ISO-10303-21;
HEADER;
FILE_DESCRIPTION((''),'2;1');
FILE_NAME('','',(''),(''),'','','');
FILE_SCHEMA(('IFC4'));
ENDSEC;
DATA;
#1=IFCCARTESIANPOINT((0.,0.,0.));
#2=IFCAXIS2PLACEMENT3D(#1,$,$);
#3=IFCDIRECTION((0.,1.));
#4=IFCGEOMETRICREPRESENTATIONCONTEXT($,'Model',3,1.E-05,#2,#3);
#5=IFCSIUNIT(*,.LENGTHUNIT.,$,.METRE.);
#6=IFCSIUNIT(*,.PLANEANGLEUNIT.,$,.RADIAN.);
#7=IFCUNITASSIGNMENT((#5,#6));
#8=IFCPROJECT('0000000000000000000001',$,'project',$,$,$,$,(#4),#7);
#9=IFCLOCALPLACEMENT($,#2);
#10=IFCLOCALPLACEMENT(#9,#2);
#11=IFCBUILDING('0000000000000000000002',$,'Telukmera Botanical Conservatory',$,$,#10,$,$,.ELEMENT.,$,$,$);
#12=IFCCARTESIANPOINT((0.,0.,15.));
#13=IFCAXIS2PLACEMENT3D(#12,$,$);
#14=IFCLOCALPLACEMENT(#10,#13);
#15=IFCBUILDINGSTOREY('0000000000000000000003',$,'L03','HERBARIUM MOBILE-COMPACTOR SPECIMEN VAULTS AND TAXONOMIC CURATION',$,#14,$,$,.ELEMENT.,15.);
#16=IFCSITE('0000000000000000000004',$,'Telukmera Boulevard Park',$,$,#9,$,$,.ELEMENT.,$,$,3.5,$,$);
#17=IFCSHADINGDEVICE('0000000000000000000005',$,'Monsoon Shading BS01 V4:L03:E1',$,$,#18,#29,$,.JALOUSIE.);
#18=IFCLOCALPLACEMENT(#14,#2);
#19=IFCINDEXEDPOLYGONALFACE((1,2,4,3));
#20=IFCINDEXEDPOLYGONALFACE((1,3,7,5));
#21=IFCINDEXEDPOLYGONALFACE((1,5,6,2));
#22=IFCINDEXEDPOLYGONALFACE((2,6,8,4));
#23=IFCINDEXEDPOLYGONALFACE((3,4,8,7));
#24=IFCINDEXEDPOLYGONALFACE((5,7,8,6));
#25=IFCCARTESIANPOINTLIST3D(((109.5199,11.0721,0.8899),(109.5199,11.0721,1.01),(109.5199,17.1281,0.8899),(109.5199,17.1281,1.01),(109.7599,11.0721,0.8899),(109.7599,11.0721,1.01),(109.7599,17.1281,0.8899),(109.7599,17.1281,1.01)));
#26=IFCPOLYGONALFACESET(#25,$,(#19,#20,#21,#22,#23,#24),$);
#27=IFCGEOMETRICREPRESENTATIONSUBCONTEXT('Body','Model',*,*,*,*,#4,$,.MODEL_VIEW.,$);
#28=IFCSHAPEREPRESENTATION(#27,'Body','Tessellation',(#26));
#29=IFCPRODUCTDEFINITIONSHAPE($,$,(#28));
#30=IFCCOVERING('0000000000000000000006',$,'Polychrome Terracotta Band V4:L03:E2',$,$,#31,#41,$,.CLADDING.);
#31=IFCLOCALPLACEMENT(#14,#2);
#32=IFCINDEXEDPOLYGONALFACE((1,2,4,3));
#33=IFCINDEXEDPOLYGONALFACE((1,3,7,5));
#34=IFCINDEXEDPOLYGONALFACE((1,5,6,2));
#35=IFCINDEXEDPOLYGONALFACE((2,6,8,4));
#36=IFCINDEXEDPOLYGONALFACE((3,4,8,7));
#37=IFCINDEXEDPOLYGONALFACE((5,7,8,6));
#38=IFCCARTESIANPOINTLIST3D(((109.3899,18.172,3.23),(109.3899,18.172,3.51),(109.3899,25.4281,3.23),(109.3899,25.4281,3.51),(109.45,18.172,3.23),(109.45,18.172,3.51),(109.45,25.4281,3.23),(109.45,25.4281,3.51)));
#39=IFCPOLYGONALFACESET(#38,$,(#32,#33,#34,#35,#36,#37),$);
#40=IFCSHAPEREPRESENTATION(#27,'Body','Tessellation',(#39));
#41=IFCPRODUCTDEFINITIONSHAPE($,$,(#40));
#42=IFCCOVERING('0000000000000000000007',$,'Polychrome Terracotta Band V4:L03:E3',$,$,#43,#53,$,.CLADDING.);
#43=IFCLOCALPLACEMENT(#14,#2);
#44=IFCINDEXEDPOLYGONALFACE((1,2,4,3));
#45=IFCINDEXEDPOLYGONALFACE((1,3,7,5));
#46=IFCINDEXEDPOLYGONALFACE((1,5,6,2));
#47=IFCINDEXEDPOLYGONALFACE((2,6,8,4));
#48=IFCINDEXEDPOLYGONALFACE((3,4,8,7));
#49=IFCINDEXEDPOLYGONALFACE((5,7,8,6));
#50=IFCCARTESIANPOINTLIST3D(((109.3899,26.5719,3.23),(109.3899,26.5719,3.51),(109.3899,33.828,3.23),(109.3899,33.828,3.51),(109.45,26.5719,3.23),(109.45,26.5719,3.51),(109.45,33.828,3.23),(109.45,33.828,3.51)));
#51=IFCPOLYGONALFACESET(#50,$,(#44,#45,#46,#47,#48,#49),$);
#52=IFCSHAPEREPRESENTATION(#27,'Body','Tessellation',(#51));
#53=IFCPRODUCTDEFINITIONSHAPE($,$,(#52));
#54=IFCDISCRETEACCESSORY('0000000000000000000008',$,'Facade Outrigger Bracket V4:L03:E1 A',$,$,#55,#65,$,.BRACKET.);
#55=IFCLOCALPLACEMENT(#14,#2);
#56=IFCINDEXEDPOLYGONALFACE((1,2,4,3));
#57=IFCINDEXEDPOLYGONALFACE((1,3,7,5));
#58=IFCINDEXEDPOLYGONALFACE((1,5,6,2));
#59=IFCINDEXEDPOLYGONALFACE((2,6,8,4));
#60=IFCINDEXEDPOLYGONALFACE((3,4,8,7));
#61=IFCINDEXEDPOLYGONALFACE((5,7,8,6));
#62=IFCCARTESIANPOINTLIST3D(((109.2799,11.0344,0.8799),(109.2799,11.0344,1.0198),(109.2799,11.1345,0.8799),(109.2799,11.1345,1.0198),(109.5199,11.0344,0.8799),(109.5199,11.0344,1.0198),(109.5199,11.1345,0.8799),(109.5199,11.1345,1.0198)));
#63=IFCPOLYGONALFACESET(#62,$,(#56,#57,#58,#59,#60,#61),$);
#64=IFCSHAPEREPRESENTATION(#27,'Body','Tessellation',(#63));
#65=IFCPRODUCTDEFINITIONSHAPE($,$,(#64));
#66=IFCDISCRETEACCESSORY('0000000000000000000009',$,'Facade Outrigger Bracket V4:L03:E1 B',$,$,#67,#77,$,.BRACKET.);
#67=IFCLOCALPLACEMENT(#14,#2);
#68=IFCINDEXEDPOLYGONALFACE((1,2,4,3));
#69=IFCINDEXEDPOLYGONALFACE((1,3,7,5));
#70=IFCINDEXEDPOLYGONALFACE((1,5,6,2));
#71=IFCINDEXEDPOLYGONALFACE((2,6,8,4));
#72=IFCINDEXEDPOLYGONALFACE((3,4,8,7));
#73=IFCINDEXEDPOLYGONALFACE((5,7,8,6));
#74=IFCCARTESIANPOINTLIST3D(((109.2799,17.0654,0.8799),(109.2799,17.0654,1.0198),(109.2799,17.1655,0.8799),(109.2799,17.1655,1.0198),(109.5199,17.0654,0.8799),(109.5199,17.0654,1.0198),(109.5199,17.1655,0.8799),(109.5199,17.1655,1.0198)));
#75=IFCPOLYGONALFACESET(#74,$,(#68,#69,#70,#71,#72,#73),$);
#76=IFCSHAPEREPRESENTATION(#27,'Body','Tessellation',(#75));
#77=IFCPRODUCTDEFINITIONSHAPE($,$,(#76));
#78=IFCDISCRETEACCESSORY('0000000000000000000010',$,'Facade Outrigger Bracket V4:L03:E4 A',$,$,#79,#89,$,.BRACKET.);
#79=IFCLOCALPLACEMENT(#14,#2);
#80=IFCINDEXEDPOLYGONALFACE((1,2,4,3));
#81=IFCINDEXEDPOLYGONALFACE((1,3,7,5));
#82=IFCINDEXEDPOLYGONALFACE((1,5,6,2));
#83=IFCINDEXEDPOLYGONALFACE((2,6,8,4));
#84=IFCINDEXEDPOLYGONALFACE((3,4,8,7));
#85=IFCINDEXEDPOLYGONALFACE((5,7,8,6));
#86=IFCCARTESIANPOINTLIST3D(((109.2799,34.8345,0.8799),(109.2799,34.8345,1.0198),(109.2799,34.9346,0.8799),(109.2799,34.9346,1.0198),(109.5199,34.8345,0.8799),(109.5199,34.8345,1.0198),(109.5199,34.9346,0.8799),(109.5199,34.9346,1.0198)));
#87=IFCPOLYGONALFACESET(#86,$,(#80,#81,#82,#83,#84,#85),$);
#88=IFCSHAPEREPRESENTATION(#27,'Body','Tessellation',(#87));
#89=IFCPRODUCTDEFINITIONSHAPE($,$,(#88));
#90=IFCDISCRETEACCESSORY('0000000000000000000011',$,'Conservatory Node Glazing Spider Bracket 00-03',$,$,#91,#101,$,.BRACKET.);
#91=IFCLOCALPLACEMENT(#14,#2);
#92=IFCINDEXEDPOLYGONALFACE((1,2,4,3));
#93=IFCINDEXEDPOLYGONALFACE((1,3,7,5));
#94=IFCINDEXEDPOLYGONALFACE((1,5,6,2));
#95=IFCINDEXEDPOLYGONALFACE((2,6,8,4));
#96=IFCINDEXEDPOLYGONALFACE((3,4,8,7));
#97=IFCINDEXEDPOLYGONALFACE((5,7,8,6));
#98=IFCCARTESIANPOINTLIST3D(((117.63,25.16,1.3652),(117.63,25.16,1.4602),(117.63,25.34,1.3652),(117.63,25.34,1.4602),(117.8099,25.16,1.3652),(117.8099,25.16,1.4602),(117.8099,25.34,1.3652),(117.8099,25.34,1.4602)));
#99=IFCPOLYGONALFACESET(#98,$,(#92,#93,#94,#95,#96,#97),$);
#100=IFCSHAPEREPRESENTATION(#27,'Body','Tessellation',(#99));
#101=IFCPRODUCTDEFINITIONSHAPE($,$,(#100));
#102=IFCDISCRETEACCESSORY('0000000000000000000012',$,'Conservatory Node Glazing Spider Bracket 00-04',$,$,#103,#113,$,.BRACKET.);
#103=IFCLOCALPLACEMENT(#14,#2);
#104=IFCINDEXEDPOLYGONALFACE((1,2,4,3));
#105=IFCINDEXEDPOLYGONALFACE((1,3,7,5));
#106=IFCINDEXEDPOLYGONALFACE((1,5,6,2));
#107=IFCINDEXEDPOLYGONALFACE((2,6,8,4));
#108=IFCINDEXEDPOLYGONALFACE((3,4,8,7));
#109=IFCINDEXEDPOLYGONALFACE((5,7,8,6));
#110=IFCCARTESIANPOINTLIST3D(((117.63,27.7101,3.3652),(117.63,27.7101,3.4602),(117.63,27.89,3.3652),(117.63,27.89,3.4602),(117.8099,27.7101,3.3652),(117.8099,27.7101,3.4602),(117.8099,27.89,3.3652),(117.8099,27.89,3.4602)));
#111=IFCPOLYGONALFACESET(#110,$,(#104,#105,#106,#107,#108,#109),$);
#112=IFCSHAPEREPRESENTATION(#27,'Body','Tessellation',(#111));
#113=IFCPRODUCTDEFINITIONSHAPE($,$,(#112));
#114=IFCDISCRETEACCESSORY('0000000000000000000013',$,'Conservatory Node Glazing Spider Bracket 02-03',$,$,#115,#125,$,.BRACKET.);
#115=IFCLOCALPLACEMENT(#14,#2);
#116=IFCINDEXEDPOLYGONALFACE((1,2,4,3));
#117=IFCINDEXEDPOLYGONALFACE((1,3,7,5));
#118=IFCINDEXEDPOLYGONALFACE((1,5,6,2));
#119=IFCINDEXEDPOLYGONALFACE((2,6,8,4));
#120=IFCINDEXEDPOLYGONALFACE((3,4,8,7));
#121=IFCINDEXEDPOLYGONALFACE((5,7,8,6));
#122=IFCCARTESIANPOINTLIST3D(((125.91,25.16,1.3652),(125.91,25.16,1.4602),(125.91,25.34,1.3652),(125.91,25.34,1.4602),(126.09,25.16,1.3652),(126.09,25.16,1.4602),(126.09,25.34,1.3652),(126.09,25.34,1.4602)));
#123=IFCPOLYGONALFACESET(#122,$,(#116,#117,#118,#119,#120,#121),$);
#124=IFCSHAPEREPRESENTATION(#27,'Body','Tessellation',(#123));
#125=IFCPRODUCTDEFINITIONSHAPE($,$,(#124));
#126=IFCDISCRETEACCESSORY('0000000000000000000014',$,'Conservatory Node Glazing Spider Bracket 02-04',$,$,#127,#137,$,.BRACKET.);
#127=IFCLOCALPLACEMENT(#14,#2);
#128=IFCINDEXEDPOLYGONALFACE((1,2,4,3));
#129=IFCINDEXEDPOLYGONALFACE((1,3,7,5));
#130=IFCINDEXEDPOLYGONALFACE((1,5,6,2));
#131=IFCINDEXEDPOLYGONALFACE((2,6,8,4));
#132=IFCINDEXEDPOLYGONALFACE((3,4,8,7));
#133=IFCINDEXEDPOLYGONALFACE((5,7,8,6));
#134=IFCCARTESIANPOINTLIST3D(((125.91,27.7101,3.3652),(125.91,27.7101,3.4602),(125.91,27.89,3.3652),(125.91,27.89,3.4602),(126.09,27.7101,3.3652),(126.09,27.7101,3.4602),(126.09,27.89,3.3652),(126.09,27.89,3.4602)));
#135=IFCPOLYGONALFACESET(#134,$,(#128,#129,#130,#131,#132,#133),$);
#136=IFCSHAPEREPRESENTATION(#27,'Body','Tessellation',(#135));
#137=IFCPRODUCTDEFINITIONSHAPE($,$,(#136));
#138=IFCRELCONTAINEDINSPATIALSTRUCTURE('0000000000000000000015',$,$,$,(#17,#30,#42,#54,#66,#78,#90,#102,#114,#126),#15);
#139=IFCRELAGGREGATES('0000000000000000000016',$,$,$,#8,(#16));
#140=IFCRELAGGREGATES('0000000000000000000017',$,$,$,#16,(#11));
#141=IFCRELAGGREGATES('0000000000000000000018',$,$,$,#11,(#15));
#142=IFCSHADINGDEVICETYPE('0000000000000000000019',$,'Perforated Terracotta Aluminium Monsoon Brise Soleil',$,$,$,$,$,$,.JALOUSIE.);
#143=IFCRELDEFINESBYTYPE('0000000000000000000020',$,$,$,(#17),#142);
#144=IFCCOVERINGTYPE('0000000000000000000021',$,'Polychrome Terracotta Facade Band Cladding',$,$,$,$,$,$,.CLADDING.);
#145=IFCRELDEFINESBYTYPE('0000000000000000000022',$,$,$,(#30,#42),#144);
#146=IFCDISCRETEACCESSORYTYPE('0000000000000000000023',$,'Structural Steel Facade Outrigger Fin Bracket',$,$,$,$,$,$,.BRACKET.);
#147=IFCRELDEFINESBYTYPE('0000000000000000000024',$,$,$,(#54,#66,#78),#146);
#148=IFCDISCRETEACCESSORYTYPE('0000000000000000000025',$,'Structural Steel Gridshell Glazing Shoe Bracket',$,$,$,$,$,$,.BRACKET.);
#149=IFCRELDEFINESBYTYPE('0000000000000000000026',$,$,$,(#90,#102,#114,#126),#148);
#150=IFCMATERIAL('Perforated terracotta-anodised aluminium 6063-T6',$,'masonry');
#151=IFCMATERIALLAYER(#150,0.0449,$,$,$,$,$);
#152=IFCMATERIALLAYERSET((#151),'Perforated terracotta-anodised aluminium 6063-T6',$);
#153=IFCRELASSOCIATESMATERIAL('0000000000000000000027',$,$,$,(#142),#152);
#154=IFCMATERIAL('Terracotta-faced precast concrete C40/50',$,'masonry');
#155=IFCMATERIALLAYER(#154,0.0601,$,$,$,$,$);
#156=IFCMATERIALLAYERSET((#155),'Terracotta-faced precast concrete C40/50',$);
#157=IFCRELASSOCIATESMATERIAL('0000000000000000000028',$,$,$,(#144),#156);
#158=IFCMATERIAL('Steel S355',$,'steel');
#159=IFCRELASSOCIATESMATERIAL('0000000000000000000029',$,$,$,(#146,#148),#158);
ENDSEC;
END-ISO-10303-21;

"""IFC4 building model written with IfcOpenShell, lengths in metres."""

from ifc_helpers import new_model, si_unit, direction, frame, origin, origin_2d, place, context, subcontext, project, spatial, rectangle, extrude, material, layer, layer_set, type_object, element, save


model = new_model("IFC4")

# Units and contexts
model_context = context("Model", 3, precision=1e-05, world=origin(), true_north=direction((0.0, 1.0)))
body_context = subcontext(model_context, "Body", "Model", "MODEL_VIEW")
ifc_project = project(units=[si_unit("LENGTHUNIT", "METRE"), si_unit("PLANEANGLEUNIT", "RADIAN")], contexts=[model_context])

# Site, building, storey
site_placement = place(None, origin())
site = spatial("IfcSite", under=ifc_project, at=site_placement, Name="Telukmera Boulevard Park", CompositionType="ELEMENT", RefElevation=3.5)
building_placement = place(site_placement, origin())
building = spatial("IfcBuilding", under=site, at=building_placement, Name="Telukmera Botanical Conservatory", CompositionType="ELEMENT")
storey_placement = place(building_placement, frame((0.0, 0.0, 15.0)))
storey = spatial("IfcBuildingStorey", under=building, at=storey_placement, Name="L03", Description="HERBARIUM MOBILE-COMPACTOR SPECIMEN VAULTS AND TAXONOMIC CURATION", CompositionType="ELEMENT", Elevation=15.0)

# Shading device
ifc_material_1 = material(Name="Perforated terracotta-anodised aluminium 6063-T6", Category="masonry")
ifc_layer_1 = layer(ifc_material_1, 0.0449)
ifc_layer_set_1 = layer_set([ifc_layer_1], Name="Perforated terracotta-anodised aluminium 6063-T6")
shading_device_type = type_object("IfcShadingDeviceType", Name="Perforated Terracotta Aluminium Monsoon Brise Soleil", PredefinedType="JALOUSIE", material=ifc_layer_set_1)
shading_device_placement = place(storey_placement, frame((109.6399, 14.1001, 0.8899), z_axis=(0.0, 0.0, 1.0), x_axis=(0.0, 1.0, 0.0)))
element("IfcShadingDevice", 1, at=shading_device_placement, inside=storey, type_object=shading_device_type, Name="Monsoon Shading BS01 V4:L03:E1", PredefinedType="JALOUSIE", context=body_context, shape_type="SweptSolid", body=[
    extrude(rectangle(XDim=6.0559, YDim=0.24, at=origin_2d()), origin(), (0.0, 0.0, 1.0), 0.1201),
])

# Coverings
ifc_material_2 = material(Name="Terracotta-faced precast concrete C40/50", Category="masonry")
ifc_layer_2 = layer(ifc_material_2, 0.0601)
ifc_layer_set_2 = layer_set([ifc_layer_2], Name="Terracotta-faced precast concrete C40/50")
covering_type_1 = type_object("IfcCoveringType", Name="Polychrome Terracotta Facade Band Cladding", PredefinedType="CLADDING", material=ifc_layer_set_2)
for number, where, z_axis, x_axis, name in (
    (2, (109.4199, 21.8, 3.23), (0.0, 0.0, 1.0), (0.0, 1.0, 0.0), "Polychrome Terracotta Band V4:L03:E2"),
    (3, (109.4199, 30.2, 3.23), (0.0, 0.0, 1.0), (0.0, 1.0, 0.0), "Polychrome Terracotta Band V4:L03:E3"),
):
    element("IfcCovering", number, at=place(storey_placement, frame(where, z_axis=z_axis, x_axis=x_axis)), inside=storey, type_object=covering_type_1, Name=name, PredefinedType="CLADDING", context=body_context, shape_type="SweptSolid", body=[
        extrude(rectangle(XDim=7.2561, YDim=0.0601, at=origin_2d()), origin(), (0.0, 0.0, 1.0), 0.28),
    ])

# Discrete accessories
ifc_material_3 = material(Name="Steel S355", Category="steel")
discrete_accessory_type_1 = type_object("IfcDiscreteAccessoryType", Name="Structural Steel Facade Outrigger Fin Bracket", PredefinedType="BRACKET", material=ifc_material_3)
for number, where, z_axis, x_axis, name in (
    (4, (109.3999, 11.0845, 0.8799), (0.0, 0.0, 1.0), (0.0, 1.0, 0.0), "Facade Outrigger Bracket V4:L03:E1 A"),
    (5, (109.3999, 17.1155, 0.8799), (0.0, 0.0, 1.0), (0.0, 1.0, 0.0), "Facade Outrigger Bracket V4:L03:E1 B"),
    (6, (109.3999, 34.8845, 0.8799), (0.0, 0.0, 1.0), (0.0, 1.0, 0.0), "Facade Outrigger Bracket V4:L03:E4 A"),
):
    element("IfcDiscreteAccessory", number, at=place(storey_placement, frame(where, z_axis=z_axis, x_axis=x_axis)), inside=storey, type_object=discrete_accessory_type_1, Name=name, PredefinedType="BRACKET", context=body_context, shape_type="SweptSolid", body=[
        extrude(rectangle(XDim=0.1001, YDim=0.24, at=origin_2d()), origin(), (0.0, 0.0, 1.0), 0.1399),
    ])
discrete_accessory_type_2 = type_object("IfcDiscreteAccessoryType", Name="Structural Steel Gridshell Glazing Shoe Bracket", PredefinedType="BRACKET", material=ifc_material_3)
for number, where, z_axis, x_axis, name in (
    (7, (117.72, 25.25, 1.3652), (0.0, 0.0, 1.0), (1.0, 0.0, 0.0), "Conservatory Node Glazing Spider Bracket 00-03"),
    (8, (117.72, 27.8, 3.3652), (0.0, 0.0, 1.0), (1.0, 0.0, 0.0), "Conservatory Node Glazing Spider Bracket 00-04"),
    (9, (126.0, 25.25, 1.3652), (0.0, 0.0, 1.0), (1.0, 0.0, 0.0), "Conservatory Node Glazing Spider Bracket 02-03"),
    (10, (126.0, 27.8, 3.3652), (0.0, 0.0, 1.0), (1.0, 0.0, 0.0), "Conservatory Node Glazing Spider Bracket 02-04"),
):
    element("IfcDiscreteAccessory", number, at=place(storey_placement, frame(where, z_axis=z_axis, x_axis=x_axis)), inside=storey, type_object=discrete_accessory_type_2, Name=name, PredefinedType="BRACKET", context=body_context, shape_type="SweptSolid", body=[
        extrude(rectangle(XDim=0.1799, YDim=0.1799, at=origin_2d()), origin(), (0.0, 0.0, 1.0), 0.095),
    ])

save(model, "model.ifc")
